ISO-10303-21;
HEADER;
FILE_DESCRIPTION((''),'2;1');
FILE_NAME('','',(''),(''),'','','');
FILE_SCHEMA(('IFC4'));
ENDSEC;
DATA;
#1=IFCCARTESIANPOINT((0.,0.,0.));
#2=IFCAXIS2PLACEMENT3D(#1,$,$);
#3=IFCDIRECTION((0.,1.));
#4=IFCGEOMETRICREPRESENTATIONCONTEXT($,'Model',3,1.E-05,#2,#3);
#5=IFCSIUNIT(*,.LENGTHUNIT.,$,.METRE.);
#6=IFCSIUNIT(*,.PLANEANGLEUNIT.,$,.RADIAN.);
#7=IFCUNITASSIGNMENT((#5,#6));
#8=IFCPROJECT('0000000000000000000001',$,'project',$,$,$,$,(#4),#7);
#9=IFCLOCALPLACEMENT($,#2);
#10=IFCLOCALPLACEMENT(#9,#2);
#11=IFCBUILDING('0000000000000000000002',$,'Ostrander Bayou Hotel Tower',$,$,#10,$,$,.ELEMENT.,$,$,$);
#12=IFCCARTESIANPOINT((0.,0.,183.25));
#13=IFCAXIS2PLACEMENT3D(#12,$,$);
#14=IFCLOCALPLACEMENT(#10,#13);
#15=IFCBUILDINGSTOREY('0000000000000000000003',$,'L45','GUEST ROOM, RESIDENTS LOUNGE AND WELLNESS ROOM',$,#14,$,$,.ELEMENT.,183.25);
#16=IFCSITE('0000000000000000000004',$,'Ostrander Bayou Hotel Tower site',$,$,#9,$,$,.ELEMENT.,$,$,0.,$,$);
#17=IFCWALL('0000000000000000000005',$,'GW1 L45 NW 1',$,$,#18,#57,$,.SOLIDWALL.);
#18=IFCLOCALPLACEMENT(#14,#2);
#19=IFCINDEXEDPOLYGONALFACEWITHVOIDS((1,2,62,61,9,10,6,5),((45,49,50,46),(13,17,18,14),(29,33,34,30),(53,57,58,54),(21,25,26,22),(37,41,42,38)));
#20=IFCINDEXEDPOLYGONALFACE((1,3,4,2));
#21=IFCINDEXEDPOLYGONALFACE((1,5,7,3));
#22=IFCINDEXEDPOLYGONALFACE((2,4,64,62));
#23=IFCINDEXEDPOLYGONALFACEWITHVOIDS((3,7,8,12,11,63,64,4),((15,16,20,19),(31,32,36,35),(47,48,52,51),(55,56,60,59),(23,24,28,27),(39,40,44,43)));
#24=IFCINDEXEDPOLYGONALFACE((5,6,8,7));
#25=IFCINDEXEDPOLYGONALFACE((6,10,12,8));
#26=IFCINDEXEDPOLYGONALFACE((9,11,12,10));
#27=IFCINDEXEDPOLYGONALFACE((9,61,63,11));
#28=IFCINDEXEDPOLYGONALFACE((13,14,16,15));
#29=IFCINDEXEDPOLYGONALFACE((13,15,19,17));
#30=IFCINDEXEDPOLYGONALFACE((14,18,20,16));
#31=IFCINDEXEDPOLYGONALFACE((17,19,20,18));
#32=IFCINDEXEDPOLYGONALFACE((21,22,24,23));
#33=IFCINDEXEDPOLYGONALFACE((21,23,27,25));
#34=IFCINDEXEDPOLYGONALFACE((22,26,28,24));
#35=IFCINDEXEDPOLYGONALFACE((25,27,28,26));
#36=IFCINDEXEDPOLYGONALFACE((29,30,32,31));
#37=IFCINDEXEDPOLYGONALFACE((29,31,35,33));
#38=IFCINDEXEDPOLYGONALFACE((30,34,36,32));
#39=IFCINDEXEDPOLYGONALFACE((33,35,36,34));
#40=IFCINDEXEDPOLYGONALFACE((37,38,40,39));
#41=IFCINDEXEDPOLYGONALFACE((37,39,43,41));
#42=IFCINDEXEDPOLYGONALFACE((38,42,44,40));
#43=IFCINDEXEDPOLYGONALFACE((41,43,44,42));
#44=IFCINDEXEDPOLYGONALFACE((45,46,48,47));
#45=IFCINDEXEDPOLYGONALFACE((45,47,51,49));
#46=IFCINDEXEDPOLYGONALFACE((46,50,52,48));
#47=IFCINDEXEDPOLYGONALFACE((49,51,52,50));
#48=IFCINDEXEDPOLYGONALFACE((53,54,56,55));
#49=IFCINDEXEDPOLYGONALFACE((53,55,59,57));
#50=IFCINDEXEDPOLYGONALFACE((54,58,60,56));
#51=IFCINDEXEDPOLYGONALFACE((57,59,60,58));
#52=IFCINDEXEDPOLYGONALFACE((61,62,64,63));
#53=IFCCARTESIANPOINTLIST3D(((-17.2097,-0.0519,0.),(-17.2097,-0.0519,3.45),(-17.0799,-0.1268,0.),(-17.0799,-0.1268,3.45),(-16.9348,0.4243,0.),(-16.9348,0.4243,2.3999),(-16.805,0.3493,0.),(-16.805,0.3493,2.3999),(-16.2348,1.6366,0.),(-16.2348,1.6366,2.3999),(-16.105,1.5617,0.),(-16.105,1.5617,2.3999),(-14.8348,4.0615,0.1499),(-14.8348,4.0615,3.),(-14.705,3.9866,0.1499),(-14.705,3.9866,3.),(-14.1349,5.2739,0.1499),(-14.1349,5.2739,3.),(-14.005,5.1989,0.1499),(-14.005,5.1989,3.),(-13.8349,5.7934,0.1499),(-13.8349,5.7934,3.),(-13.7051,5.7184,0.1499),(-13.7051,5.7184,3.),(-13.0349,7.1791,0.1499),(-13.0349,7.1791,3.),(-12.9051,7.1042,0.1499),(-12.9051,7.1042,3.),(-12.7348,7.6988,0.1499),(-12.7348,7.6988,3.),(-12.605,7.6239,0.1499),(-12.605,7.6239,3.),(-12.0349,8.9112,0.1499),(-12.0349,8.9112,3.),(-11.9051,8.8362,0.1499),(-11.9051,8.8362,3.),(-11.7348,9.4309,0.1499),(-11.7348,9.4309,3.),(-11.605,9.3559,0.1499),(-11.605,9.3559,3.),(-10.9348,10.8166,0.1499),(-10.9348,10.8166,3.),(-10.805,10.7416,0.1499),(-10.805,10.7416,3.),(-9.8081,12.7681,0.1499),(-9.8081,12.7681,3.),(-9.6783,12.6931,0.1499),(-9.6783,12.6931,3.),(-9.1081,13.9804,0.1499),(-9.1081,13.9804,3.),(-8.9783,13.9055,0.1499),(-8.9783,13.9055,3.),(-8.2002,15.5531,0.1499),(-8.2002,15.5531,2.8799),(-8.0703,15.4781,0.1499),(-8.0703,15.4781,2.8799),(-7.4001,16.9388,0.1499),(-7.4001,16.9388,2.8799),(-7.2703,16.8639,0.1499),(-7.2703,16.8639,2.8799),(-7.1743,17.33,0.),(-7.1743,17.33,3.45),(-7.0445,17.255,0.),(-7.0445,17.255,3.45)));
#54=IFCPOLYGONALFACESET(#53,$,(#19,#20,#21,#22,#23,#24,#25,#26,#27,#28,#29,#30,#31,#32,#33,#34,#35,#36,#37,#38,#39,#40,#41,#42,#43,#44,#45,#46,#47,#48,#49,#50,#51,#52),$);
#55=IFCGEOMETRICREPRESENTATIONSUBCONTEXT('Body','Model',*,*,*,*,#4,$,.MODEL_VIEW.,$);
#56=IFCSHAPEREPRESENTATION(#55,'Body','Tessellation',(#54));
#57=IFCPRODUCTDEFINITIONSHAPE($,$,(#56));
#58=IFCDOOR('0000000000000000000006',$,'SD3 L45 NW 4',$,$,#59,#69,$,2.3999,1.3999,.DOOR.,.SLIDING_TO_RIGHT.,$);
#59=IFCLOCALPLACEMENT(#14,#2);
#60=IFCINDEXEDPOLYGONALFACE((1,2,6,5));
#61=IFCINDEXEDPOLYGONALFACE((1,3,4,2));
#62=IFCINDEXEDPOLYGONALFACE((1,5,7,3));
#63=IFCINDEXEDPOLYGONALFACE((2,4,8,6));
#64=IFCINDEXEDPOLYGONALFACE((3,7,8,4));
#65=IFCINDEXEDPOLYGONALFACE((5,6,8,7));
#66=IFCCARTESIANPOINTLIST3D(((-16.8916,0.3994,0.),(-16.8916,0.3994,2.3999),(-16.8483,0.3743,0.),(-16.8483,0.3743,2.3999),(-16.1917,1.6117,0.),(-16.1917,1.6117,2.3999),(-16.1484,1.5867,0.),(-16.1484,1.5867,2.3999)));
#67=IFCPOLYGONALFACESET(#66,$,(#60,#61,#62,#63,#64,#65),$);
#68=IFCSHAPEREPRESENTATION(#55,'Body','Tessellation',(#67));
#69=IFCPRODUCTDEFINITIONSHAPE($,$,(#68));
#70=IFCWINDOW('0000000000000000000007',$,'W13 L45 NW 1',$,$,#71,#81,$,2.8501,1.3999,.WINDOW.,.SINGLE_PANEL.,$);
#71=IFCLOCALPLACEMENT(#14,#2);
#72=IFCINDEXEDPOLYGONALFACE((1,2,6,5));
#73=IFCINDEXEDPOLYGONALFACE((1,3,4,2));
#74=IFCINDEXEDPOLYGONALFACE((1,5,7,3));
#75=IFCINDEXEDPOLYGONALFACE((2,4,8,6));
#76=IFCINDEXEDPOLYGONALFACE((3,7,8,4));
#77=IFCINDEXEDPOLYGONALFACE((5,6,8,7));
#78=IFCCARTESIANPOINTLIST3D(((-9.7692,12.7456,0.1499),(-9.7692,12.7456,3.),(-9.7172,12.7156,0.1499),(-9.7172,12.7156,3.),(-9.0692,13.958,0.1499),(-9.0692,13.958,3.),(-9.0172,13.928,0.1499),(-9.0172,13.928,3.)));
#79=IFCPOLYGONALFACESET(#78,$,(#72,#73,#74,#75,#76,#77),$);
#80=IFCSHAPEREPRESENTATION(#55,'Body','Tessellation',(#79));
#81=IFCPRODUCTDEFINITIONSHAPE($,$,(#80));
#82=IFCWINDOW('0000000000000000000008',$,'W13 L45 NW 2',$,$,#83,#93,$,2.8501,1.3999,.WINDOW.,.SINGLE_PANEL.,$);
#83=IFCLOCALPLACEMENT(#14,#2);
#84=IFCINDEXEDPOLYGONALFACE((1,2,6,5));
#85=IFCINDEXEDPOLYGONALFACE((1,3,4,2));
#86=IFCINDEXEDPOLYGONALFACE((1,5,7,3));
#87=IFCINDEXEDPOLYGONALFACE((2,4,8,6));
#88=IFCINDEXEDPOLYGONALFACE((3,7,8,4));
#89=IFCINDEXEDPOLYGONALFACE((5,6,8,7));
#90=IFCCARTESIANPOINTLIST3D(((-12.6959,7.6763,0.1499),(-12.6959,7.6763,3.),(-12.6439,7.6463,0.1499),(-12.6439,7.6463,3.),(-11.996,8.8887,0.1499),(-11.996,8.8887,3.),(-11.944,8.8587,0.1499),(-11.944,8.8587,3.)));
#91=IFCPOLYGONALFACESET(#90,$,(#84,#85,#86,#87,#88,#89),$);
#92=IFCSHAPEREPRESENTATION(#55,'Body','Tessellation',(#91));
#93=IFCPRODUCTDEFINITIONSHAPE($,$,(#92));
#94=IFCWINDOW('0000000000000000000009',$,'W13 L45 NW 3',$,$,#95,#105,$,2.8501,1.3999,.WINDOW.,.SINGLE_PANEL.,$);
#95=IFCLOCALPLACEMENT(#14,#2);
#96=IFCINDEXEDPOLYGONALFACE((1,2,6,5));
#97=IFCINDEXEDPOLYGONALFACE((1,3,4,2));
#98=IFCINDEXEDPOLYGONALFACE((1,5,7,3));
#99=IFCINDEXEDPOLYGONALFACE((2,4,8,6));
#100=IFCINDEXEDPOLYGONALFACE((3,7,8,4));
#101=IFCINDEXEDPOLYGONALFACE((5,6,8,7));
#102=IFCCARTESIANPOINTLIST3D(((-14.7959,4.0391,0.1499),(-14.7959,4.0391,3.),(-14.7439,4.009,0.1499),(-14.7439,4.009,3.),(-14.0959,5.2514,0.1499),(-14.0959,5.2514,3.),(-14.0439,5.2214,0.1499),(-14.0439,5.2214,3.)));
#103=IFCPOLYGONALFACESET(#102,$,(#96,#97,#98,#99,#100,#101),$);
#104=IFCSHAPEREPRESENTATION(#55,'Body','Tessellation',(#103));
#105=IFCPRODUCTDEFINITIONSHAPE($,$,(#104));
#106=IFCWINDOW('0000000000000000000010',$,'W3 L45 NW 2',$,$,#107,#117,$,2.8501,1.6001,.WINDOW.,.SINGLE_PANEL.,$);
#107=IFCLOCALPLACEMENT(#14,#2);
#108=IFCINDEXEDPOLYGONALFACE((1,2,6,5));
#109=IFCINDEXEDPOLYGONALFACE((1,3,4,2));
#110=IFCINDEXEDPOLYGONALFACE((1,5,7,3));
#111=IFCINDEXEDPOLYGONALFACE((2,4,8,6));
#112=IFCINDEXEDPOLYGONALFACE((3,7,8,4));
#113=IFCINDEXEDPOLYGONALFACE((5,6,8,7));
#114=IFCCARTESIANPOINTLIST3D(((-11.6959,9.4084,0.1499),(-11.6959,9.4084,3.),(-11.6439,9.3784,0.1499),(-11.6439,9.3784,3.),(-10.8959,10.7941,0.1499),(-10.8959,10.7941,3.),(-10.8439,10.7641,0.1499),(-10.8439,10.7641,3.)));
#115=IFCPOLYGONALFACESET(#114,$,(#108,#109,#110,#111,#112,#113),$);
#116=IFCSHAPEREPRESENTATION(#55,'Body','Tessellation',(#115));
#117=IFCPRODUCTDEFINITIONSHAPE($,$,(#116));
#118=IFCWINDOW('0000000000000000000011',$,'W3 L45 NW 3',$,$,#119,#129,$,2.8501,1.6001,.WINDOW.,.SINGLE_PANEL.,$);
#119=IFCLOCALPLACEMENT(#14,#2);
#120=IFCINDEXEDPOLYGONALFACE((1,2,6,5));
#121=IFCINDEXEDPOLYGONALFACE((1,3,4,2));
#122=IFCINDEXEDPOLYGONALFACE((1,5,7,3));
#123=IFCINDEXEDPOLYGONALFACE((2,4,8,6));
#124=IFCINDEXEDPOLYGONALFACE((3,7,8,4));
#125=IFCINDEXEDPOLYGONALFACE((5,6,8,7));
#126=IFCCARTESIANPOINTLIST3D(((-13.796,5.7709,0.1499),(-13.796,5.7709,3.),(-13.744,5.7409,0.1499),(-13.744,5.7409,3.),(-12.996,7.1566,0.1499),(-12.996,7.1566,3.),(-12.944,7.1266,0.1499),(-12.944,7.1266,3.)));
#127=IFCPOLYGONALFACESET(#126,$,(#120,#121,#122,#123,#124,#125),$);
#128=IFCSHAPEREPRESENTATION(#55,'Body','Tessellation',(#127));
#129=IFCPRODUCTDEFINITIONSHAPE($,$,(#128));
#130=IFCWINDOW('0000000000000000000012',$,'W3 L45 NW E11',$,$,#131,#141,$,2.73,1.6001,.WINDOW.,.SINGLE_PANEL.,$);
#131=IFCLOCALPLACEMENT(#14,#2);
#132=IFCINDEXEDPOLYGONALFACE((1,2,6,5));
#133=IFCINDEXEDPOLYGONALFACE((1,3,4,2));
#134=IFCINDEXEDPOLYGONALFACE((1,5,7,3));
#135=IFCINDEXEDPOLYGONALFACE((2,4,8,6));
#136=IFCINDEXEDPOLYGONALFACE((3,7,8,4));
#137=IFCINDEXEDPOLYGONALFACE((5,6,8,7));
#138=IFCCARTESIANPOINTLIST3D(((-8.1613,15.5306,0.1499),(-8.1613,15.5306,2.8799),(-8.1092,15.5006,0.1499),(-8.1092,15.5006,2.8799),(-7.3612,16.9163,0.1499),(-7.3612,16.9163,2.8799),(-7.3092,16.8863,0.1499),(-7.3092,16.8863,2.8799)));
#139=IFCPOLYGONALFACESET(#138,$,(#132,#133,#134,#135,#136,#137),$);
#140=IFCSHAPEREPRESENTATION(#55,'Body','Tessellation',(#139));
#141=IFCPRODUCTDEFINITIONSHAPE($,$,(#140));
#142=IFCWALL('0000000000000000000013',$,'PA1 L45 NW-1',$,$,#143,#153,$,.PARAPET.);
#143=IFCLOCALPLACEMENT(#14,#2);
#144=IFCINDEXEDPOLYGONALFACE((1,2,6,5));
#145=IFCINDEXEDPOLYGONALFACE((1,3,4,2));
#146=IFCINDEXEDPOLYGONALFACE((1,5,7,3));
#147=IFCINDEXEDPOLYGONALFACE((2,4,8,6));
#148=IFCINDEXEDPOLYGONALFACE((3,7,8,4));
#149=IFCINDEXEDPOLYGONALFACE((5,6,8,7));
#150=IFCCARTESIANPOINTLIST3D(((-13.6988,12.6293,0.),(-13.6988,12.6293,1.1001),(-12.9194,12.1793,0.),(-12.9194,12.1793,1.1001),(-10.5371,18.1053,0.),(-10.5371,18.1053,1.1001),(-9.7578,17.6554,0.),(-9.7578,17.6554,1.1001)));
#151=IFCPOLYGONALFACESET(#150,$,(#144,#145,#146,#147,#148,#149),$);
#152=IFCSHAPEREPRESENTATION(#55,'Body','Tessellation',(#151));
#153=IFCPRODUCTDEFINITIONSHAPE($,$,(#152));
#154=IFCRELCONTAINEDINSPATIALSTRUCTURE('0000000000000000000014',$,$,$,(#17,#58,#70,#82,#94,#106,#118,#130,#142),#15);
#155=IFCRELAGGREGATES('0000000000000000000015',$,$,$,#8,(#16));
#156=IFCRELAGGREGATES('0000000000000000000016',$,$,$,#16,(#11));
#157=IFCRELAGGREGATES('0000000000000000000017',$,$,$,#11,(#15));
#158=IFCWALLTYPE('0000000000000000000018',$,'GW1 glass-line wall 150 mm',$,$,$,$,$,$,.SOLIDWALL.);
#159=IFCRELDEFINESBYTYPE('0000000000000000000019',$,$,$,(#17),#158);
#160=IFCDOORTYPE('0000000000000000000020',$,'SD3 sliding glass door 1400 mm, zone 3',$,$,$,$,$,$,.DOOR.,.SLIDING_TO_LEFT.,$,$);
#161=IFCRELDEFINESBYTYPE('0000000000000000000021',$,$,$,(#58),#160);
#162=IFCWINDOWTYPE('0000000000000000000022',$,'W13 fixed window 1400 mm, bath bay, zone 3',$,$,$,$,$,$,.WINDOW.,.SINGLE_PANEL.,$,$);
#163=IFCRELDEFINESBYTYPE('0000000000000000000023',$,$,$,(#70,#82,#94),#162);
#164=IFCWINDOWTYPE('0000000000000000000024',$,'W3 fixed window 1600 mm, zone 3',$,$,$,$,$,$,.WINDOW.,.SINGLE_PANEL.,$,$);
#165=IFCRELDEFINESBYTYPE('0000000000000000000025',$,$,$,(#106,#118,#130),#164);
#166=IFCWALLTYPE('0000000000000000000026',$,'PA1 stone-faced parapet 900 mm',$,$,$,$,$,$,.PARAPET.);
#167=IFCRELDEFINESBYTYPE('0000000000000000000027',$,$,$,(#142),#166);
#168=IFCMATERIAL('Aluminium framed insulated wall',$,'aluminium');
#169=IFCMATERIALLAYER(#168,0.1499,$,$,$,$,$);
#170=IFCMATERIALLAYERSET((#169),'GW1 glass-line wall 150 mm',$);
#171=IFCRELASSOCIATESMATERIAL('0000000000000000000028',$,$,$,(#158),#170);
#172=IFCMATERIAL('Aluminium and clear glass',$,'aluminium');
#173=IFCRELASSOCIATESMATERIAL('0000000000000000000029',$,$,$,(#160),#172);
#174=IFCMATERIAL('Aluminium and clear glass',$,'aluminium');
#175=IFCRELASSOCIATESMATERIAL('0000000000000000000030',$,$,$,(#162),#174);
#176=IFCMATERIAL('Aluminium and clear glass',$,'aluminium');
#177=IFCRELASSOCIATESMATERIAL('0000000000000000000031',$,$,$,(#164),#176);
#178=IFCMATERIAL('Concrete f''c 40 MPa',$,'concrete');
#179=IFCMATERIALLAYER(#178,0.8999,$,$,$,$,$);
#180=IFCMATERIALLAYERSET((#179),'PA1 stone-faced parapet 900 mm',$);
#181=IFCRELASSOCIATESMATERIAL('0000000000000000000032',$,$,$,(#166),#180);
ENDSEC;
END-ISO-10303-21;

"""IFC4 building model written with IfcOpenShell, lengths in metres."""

from ifc_helpers import new_model, si_unit, direction, frame, frame_2d, origin, place, context, subcontext, project, spatial, rectangle, extrude, material, layer, layer_set, type_object, element, fill, save


model = new_model("IFC4")

# Units and contexts
model_context = context("Model", 3, precision=1e-05, world=origin(), true_north=direction((0.0, 1.0)))
body_context = subcontext(model_context, "Body", "Model", "MODEL_VIEW")
ifc_project = project(units=[si_unit("LENGTHUNIT", "METRE"), si_unit("PLANEANGLEUNIT", "RADIAN")], contexts=[model_context])

# Site, building, storey
site_placement = place(None, origin())
site = spatial("IfcSite", under=ifc_project, at=site_placement, Name="Ostrander Bayou Hotel Tower site", CompositionType="ELEMENT", RefElevation=0.0)
building_placement = place(site_placement, origin())
building = spatial("IfcBuilding", under=site, at=building_placement, Name="Ostrander Bayou Hotel Tower", CompositionType="ELEMENT")
storey_placement = place(building_placement, frame((0.0, 0.0, 183.25)))
storey = spatial("IfcBuildingStorey", under=building, at=storey_placement, Name="L45", Description="GUEST ROOM, RESIDENTS LOUNGE AND WELLNESS ROOM", CompositionType="ELEMENT", Elevation=183.25)

# Wall, openings, door, windows
ifc_material_1 = material(Name="Aluminium framed insulated wall", Category="aluminium")
ifc_layer_1 = layer(ifc_material_1, 0.1499)
ifc_layer_set_1 = layer_set([ifc_layer_1], Name="GW1 glass-line wall 150 mm")
wall_type_1 = type_object("IfcWallType", Name="GW1 glass-line wall 150 mm", PredefinedType="SOLIDWALL", material=ifc_layer_set_1)
wall_1_placement = place(storey_placement, frame((-7.1094, 17.2925, 0.0), z_axis=(0.0, 0.0, 1.0), x_axis=(-0.5, -0.866026, 0.0)))
wall_1 = element("IfcWall", 1, at=wall_1_placement, inside=storey, type_object=wall_type_1, Name="GW1 L45 NW 1", PredefinedType="SOLIDWALL", context=body_context, shape_type="SweptSolid", body=[
    extrude(rectangle(XDim=20.0708, YDim=0.1499, at=frame_2d((10.0354, 0.0))), origin(), (0.0, 0.0, 1.0), 3.45),
])
opening_1_placement = place(wall_1_placement, frame((3.8677, 0.0, 0.1499)))
opening_1 = element("IfcOpeningElement", 2, at=opening_1_placement, cuts=wall_1, PredefinedType="OPENING", context=body_context, shape_type="SweptSolid", body=[
    extrude(rectangle(XDim=1.3999, YDim=2.8501, at=frame_2d((0.7, 1.425))), frame((0.0, 0.075, 0.0), z_axis=(0.0, -1.0, 0.0), x_axis=(1.0, 0.0, 0.0)), (0.0, 0.0, 1.0), 0.1499),
])
opening_2_placement = place(wall_1_placement, frame((7.521, 0.0, 0.1499)))
opening_2 = element("IfcOpeningElement", 3, at=opening_2_placement, cuts=wall_1, PredefinedType="OPENING", context=body_context, shape_type="SweptSolid", body=[
    extrude(rectangle(XDim=1.6001, YDim=2.8501, at=frame_2d((0.8, 1.425))), frame((0.0, 0.075, 0.0), z_axis=(0.0, -1.0, 0.0), x_axis=(1.0, 0.0, 0.0)), (0.0, 0.0, 1.0), 0.1499),
])
opening_3_placement = place(wall_1_placement, frame((9.7212, 0.0, 0.1499)))
opening_3 = element("IfcOpeningElement", 4, at=opening_3_placement, cuts=wall_1, PredefinedType="OPENING", context=body_context, shape_type="SweptSolid", body=[
    extrude(rectangle(XDim=1.3999, YDim=2.8501, at=frame_2d((0.7, 1.425))), frame((0.0, 0.075, 0.0), z_axis=(0.0, -1.0, 0.0), x_axis=(1.0, 0.0, 0.0)), (0.0, 0.0, 1.0), 0.1499),
])
opening_4_placement = place(wall_1_placement, frame((11.7212, 0.0, 0.1499)))
opening_4 = element("IfcOpeningElement", 5, at=opening_4_placement, cuts=wall_1, PredefinedType="OPENING", context=body_context, shape_type="SweptSolid", body=[
    extrude(rectangle(XDim=1.6001, YDim=2.8501, at=frame_2d((0.8, 1.425))), frame((0.0, 0.075, 0.0), z_axis=(0.0, -1.0, 0.0), x_axis=(1.0, 0.0, 0.0)), (0.0, 0.0, 1.0), 0.1499),
])
opening_5_placement = place(wall_1_placement, frame((13.9211, 0.0, 0.1499)))
opening_5 = element("IfcOpeningElement", 6, at=opening_5_placement, cuts=wall_1, PredefinedType="OPENING", context=body_context, shape_type="SweptSolid", body=[
    extrude(rectangle(XDim=1.3999, YDim=2.8501, at=frame_2d((0.7, 1.425))), frame((0.0, 0.075, 0.0), z_axis=(0.0, -1.0, 0.0), x_axis=(1.0, 0.0, 0.0)), (0.0, 0.0, 1.0), 0.1499),
])
opening_6_placement = place(wall_1_placement, frame((18.1211, 0.0, 0.0)))
opening_6 = element("IfcOpeningElement", 7, at=opening_6_placement, cuts=wall_1, PredefinedType="OPENING", context=body_context, shape_type="SweptSolid", body=[
    extrude(rectangle(XDim=1.3999, YDim=2.3999, at=frame_2d((0.7, 1.2))), frame((0.0, 0.075, 0.0), z_axis=(0.0, -1.0, 0.0), x_axis=(1.0, 0.0, 0.0)), (0.0, 0.0, 1.0), 0.1499),
])
opening_7_placement = place(wall_1_placement, frame((0.4517, 0.0, 0.1499)))
opening_7 = element("IfcOpeningElement", 8, at=opening_7_placement, cuts=wall_1, PredefinedType="OPENING", context=body_context, shape_type="SweptSolid", body=[
    extrude(rectangle(XDim=1.6001, YDim=2.73, at=frame_2d((0.8, 1.365))), frame((0.0, 0.075, 0.0), z_axis=(0.0, -1.0, 0.0), x_axis=(1.0, 0.0, 0.0)), (0.0, 0.0, 1.0), 0.1499),
])
ifc_material_2 = material(Name="Aluminium and clear glass", Category="aluminium")
door_type_1 = type_object("IfcDoorType", Name="SD3 sliding glass door 1400 mm, zone 3", OperationType="SLIDING_TO_LEFT", PredefinedType="DOOR", material=ifc_material_2)
door_1_placement = place(opening_6_placement, origin())
door_1 = element("IfcDoor", 9, at=door_1_placement, inside=storey, type_object=door_type_1, Name="SD3 L45 NW 4", OperationType="SLIDING_TO_RIGHT", OverallHeight=2.3999, OverallWidth=1.3999, PredefinedType="DOOR", context=body_context, shape_type="SweptSolid", body=[
    extrude(rectangle(XDim=1.3999, YDim=2.3999, at=frame_2d((0.7, 1.2))), frame((0.0, 0.0249, 0.0), z_axis=(0.0, -1.0, 0.0), x_axis=(1.0, 0.0, 0.0)), (0.0, 0.0, 1.0), 0.05),
])
fill(opening_6, door_1)
ifc_material_3 = material(Name="Aluminium and clear glass", Category="aluminium")
window_type_1 = type_object("IfcWindowType", Name="W13 fixed window 1400 mm, bath bay, zone 3", PartitioningType="SINGLE_PANEL", PredefinedType="WINDOW", material=ifc_material_3)
window_1_placement = place(opening_1_placement, origin())
window_1 = element("IfcWindow", 10, at=window_1_placement, inside=storey, type_object=window_type_1, Name="W13 L45 NW 1", OverallHeight=2.8501, OverallWidth=1.3999, PartitioningType="SINGLE_PANEL", PredefinedType="WINDOW", context=body_context, shape_type="SweptSolid", body=[
    extrude(rectangle(XDim=1.3999, YDim=2.8501, at=frame_2d((0.7, 1.425))), frame((0.0, 0.03, 0.0), z_axis=(0.0, -1.0, 0.0), x_axis=(1.0, 0.0, 0.0)), (0.0, 0.0, 1.0), 0.0601),
])
fill(opening_1, window_1)
window_2_placement = place(opening_3_placement, origin())
window_2 = element("IfcWindow", 11, at=window_2_placement, inside=storey, type_object=window_type_1, Name="W13 L45 NW 2", OverallHeight=2.8501, OverallWidth=1.3999, PartitioningType="SINGLE_PANEL", PredefinedType="WINDOW", context=body_context, shape_type="SweptSolid", body=[
    extrude(rectangle(XDim=1.3999, YDim=2.8501, at=frame_2d((0.7, 1.425))), frame((0.0, 0.03, 0.0), z_axis=(0.0, -1.0, 0.0), x_axis=(1.0, 0.0, 0.0)), (0.0, 0.0, 1.0), 0.0601),
])
fill(opening_3, window_2)
window_3_placement = place(opening_5_placement, origin())
window_3 = element("IfcWindow", 12, at=window_3_placement, inside=storey, type_object=window_type_1, Name="W13 L45 NW 3", OverallHeight=2.8501, OverallWidth=1.3999, PartitioningType="SINGLE_PANEL", PredefinedType="WINDOW", context=body_context, shape_type="SweptSolid", body=[
    extrude(rectangle(XDim=1.3999, YDim=2.8501, at=frame_2d((0.7, 1.425))), frame((0.0, 0.03, 0.0), z_axis=(0.0, -1.0, 0.0), x_axis=(1.0, 0.0, 0.0)), (0.0, 0.0, 1.0), 0.0601),
])
fill(opening_5, window_3)
ifc_material_4 = material(Name="Aluminium and clear glass", Category="aluminium")
window_type_2 = type_object("IfcWindowType", Name="W3 fixed window 1600 mm, zone 3", PartitioningType="SINGLE_PANEL", PredefinedType="WINDOW", material=ifc_material_4)
window_4_placement = place(opening_2_placement, origin())
window_4 = element("IfcWindow", 13, at=window_4_placement, inside=storey, type_object=window_type_2, Name="W3 L45 NW 2", OverallHeight=2.8501, OverallWidth=1.6001, PartitioningType="SINGLE_PANEL", PredefinedType="WINDOW", context=body_context, shape_type="SweptSolid", body=[
    extrude(rectangle(XDim=1.6001, YDim=2.8501, at=frame_2d((0.8, 1.425))), frame((0.0, 0.03, 0.0), z_axis=(0.0, -1.0, 0.0), x_axis=(1.0, 0.0, 0.0)), (0.0, 0.0, 1.0), 0.0601),
])
fill(opening_2, window_4)
window_5_placement = place(opening_4_placement, origin())
window_5 = element("IfcWindow", 14, at=window_5_placement, inside=storey, type_object=window_type_2, Name="W3 L45 NW 3", OverallHeight=2.8501, OverallWidth=1.6001, PartitioningType="SINGLE_PANEL", PredefinedType="WINDOW", context=body_context, shape_type="SweptSolid", body=[
    extrude(rectangle(XDim=1.6001, YDim=2.8501, at=frame_2d((0.8, 1.425))), frame((0.0, 0.03, 0.0), z_axis=(0.0, -1.0, 0.0), x_axis=(1.0, 0.0, 0.0)), (0.0, 0.0, 1.0), 0.0601),
])
fill(opening_4, window_5)
window_6_placement = place(opening_7_placement, origin())
window_6 = element("IfcWindow", 15, at=window_6_placement, inside=storey, type_object=window_type_2, Name="W3 L45 NW E11", OverallHeight=2.73, OverallWidth=1.6001, PartitioningType="SINGLE_PANEL", PredefinedType="WINDOW", context=body_context, shape_type="SweptSolid", body=[
    extrude(rectangle(XDim=1.6001, YDim=2.73, at=frame_2d((0.8, 1.365))), frame((0.0, 0.03, 0.0), z_axis=(0.0, -1.0, 0.0), x_axis=(1.0, 0.0, 0.0)), (0.0, 0.0, 1.0), 0.0601),
])
fill(opening_7, window_6)

# Wall
ifc_material_5 = material(Name="Concrete f'c 40 MPa", Category="concrete")
ifc_layer_2 = layer(ifc_material_5, 0.8999)
ifc_layer_set_2 = layer_set([ifc_layer_2], Name="PA1 stone-faced parapet 900 mm")
wall_type_2 = type_object("IfcWallType", Name="PA1 stone-faced parapet 900 mm", PredefinedType="PARAPET", material=ifc_layer_set_2)
wall_2_placement = place(storey_placement, frame((-10.1475, 17.8804, 0.0), z_axis=(0.0, 0.0, 1.0), x_axis=(-0.500001, -0.866025, 0.0)))
element("IfcWall", 16, at=wall_2_placement, inside=storey, type_object=wall_type_2, Name="PA1 L45 NW-1", PredefinedType="PARAPET", context=body_context, shape_type="SweptSolid", body=[
    extrude(rectangle(XDim=6.3232, YDim=0.8999, at=frame_2d((3.1616, 0.0))), origin(), (0.0, 0.0, 1.0), 1.1001),
])

save(model, "model.ifc")
